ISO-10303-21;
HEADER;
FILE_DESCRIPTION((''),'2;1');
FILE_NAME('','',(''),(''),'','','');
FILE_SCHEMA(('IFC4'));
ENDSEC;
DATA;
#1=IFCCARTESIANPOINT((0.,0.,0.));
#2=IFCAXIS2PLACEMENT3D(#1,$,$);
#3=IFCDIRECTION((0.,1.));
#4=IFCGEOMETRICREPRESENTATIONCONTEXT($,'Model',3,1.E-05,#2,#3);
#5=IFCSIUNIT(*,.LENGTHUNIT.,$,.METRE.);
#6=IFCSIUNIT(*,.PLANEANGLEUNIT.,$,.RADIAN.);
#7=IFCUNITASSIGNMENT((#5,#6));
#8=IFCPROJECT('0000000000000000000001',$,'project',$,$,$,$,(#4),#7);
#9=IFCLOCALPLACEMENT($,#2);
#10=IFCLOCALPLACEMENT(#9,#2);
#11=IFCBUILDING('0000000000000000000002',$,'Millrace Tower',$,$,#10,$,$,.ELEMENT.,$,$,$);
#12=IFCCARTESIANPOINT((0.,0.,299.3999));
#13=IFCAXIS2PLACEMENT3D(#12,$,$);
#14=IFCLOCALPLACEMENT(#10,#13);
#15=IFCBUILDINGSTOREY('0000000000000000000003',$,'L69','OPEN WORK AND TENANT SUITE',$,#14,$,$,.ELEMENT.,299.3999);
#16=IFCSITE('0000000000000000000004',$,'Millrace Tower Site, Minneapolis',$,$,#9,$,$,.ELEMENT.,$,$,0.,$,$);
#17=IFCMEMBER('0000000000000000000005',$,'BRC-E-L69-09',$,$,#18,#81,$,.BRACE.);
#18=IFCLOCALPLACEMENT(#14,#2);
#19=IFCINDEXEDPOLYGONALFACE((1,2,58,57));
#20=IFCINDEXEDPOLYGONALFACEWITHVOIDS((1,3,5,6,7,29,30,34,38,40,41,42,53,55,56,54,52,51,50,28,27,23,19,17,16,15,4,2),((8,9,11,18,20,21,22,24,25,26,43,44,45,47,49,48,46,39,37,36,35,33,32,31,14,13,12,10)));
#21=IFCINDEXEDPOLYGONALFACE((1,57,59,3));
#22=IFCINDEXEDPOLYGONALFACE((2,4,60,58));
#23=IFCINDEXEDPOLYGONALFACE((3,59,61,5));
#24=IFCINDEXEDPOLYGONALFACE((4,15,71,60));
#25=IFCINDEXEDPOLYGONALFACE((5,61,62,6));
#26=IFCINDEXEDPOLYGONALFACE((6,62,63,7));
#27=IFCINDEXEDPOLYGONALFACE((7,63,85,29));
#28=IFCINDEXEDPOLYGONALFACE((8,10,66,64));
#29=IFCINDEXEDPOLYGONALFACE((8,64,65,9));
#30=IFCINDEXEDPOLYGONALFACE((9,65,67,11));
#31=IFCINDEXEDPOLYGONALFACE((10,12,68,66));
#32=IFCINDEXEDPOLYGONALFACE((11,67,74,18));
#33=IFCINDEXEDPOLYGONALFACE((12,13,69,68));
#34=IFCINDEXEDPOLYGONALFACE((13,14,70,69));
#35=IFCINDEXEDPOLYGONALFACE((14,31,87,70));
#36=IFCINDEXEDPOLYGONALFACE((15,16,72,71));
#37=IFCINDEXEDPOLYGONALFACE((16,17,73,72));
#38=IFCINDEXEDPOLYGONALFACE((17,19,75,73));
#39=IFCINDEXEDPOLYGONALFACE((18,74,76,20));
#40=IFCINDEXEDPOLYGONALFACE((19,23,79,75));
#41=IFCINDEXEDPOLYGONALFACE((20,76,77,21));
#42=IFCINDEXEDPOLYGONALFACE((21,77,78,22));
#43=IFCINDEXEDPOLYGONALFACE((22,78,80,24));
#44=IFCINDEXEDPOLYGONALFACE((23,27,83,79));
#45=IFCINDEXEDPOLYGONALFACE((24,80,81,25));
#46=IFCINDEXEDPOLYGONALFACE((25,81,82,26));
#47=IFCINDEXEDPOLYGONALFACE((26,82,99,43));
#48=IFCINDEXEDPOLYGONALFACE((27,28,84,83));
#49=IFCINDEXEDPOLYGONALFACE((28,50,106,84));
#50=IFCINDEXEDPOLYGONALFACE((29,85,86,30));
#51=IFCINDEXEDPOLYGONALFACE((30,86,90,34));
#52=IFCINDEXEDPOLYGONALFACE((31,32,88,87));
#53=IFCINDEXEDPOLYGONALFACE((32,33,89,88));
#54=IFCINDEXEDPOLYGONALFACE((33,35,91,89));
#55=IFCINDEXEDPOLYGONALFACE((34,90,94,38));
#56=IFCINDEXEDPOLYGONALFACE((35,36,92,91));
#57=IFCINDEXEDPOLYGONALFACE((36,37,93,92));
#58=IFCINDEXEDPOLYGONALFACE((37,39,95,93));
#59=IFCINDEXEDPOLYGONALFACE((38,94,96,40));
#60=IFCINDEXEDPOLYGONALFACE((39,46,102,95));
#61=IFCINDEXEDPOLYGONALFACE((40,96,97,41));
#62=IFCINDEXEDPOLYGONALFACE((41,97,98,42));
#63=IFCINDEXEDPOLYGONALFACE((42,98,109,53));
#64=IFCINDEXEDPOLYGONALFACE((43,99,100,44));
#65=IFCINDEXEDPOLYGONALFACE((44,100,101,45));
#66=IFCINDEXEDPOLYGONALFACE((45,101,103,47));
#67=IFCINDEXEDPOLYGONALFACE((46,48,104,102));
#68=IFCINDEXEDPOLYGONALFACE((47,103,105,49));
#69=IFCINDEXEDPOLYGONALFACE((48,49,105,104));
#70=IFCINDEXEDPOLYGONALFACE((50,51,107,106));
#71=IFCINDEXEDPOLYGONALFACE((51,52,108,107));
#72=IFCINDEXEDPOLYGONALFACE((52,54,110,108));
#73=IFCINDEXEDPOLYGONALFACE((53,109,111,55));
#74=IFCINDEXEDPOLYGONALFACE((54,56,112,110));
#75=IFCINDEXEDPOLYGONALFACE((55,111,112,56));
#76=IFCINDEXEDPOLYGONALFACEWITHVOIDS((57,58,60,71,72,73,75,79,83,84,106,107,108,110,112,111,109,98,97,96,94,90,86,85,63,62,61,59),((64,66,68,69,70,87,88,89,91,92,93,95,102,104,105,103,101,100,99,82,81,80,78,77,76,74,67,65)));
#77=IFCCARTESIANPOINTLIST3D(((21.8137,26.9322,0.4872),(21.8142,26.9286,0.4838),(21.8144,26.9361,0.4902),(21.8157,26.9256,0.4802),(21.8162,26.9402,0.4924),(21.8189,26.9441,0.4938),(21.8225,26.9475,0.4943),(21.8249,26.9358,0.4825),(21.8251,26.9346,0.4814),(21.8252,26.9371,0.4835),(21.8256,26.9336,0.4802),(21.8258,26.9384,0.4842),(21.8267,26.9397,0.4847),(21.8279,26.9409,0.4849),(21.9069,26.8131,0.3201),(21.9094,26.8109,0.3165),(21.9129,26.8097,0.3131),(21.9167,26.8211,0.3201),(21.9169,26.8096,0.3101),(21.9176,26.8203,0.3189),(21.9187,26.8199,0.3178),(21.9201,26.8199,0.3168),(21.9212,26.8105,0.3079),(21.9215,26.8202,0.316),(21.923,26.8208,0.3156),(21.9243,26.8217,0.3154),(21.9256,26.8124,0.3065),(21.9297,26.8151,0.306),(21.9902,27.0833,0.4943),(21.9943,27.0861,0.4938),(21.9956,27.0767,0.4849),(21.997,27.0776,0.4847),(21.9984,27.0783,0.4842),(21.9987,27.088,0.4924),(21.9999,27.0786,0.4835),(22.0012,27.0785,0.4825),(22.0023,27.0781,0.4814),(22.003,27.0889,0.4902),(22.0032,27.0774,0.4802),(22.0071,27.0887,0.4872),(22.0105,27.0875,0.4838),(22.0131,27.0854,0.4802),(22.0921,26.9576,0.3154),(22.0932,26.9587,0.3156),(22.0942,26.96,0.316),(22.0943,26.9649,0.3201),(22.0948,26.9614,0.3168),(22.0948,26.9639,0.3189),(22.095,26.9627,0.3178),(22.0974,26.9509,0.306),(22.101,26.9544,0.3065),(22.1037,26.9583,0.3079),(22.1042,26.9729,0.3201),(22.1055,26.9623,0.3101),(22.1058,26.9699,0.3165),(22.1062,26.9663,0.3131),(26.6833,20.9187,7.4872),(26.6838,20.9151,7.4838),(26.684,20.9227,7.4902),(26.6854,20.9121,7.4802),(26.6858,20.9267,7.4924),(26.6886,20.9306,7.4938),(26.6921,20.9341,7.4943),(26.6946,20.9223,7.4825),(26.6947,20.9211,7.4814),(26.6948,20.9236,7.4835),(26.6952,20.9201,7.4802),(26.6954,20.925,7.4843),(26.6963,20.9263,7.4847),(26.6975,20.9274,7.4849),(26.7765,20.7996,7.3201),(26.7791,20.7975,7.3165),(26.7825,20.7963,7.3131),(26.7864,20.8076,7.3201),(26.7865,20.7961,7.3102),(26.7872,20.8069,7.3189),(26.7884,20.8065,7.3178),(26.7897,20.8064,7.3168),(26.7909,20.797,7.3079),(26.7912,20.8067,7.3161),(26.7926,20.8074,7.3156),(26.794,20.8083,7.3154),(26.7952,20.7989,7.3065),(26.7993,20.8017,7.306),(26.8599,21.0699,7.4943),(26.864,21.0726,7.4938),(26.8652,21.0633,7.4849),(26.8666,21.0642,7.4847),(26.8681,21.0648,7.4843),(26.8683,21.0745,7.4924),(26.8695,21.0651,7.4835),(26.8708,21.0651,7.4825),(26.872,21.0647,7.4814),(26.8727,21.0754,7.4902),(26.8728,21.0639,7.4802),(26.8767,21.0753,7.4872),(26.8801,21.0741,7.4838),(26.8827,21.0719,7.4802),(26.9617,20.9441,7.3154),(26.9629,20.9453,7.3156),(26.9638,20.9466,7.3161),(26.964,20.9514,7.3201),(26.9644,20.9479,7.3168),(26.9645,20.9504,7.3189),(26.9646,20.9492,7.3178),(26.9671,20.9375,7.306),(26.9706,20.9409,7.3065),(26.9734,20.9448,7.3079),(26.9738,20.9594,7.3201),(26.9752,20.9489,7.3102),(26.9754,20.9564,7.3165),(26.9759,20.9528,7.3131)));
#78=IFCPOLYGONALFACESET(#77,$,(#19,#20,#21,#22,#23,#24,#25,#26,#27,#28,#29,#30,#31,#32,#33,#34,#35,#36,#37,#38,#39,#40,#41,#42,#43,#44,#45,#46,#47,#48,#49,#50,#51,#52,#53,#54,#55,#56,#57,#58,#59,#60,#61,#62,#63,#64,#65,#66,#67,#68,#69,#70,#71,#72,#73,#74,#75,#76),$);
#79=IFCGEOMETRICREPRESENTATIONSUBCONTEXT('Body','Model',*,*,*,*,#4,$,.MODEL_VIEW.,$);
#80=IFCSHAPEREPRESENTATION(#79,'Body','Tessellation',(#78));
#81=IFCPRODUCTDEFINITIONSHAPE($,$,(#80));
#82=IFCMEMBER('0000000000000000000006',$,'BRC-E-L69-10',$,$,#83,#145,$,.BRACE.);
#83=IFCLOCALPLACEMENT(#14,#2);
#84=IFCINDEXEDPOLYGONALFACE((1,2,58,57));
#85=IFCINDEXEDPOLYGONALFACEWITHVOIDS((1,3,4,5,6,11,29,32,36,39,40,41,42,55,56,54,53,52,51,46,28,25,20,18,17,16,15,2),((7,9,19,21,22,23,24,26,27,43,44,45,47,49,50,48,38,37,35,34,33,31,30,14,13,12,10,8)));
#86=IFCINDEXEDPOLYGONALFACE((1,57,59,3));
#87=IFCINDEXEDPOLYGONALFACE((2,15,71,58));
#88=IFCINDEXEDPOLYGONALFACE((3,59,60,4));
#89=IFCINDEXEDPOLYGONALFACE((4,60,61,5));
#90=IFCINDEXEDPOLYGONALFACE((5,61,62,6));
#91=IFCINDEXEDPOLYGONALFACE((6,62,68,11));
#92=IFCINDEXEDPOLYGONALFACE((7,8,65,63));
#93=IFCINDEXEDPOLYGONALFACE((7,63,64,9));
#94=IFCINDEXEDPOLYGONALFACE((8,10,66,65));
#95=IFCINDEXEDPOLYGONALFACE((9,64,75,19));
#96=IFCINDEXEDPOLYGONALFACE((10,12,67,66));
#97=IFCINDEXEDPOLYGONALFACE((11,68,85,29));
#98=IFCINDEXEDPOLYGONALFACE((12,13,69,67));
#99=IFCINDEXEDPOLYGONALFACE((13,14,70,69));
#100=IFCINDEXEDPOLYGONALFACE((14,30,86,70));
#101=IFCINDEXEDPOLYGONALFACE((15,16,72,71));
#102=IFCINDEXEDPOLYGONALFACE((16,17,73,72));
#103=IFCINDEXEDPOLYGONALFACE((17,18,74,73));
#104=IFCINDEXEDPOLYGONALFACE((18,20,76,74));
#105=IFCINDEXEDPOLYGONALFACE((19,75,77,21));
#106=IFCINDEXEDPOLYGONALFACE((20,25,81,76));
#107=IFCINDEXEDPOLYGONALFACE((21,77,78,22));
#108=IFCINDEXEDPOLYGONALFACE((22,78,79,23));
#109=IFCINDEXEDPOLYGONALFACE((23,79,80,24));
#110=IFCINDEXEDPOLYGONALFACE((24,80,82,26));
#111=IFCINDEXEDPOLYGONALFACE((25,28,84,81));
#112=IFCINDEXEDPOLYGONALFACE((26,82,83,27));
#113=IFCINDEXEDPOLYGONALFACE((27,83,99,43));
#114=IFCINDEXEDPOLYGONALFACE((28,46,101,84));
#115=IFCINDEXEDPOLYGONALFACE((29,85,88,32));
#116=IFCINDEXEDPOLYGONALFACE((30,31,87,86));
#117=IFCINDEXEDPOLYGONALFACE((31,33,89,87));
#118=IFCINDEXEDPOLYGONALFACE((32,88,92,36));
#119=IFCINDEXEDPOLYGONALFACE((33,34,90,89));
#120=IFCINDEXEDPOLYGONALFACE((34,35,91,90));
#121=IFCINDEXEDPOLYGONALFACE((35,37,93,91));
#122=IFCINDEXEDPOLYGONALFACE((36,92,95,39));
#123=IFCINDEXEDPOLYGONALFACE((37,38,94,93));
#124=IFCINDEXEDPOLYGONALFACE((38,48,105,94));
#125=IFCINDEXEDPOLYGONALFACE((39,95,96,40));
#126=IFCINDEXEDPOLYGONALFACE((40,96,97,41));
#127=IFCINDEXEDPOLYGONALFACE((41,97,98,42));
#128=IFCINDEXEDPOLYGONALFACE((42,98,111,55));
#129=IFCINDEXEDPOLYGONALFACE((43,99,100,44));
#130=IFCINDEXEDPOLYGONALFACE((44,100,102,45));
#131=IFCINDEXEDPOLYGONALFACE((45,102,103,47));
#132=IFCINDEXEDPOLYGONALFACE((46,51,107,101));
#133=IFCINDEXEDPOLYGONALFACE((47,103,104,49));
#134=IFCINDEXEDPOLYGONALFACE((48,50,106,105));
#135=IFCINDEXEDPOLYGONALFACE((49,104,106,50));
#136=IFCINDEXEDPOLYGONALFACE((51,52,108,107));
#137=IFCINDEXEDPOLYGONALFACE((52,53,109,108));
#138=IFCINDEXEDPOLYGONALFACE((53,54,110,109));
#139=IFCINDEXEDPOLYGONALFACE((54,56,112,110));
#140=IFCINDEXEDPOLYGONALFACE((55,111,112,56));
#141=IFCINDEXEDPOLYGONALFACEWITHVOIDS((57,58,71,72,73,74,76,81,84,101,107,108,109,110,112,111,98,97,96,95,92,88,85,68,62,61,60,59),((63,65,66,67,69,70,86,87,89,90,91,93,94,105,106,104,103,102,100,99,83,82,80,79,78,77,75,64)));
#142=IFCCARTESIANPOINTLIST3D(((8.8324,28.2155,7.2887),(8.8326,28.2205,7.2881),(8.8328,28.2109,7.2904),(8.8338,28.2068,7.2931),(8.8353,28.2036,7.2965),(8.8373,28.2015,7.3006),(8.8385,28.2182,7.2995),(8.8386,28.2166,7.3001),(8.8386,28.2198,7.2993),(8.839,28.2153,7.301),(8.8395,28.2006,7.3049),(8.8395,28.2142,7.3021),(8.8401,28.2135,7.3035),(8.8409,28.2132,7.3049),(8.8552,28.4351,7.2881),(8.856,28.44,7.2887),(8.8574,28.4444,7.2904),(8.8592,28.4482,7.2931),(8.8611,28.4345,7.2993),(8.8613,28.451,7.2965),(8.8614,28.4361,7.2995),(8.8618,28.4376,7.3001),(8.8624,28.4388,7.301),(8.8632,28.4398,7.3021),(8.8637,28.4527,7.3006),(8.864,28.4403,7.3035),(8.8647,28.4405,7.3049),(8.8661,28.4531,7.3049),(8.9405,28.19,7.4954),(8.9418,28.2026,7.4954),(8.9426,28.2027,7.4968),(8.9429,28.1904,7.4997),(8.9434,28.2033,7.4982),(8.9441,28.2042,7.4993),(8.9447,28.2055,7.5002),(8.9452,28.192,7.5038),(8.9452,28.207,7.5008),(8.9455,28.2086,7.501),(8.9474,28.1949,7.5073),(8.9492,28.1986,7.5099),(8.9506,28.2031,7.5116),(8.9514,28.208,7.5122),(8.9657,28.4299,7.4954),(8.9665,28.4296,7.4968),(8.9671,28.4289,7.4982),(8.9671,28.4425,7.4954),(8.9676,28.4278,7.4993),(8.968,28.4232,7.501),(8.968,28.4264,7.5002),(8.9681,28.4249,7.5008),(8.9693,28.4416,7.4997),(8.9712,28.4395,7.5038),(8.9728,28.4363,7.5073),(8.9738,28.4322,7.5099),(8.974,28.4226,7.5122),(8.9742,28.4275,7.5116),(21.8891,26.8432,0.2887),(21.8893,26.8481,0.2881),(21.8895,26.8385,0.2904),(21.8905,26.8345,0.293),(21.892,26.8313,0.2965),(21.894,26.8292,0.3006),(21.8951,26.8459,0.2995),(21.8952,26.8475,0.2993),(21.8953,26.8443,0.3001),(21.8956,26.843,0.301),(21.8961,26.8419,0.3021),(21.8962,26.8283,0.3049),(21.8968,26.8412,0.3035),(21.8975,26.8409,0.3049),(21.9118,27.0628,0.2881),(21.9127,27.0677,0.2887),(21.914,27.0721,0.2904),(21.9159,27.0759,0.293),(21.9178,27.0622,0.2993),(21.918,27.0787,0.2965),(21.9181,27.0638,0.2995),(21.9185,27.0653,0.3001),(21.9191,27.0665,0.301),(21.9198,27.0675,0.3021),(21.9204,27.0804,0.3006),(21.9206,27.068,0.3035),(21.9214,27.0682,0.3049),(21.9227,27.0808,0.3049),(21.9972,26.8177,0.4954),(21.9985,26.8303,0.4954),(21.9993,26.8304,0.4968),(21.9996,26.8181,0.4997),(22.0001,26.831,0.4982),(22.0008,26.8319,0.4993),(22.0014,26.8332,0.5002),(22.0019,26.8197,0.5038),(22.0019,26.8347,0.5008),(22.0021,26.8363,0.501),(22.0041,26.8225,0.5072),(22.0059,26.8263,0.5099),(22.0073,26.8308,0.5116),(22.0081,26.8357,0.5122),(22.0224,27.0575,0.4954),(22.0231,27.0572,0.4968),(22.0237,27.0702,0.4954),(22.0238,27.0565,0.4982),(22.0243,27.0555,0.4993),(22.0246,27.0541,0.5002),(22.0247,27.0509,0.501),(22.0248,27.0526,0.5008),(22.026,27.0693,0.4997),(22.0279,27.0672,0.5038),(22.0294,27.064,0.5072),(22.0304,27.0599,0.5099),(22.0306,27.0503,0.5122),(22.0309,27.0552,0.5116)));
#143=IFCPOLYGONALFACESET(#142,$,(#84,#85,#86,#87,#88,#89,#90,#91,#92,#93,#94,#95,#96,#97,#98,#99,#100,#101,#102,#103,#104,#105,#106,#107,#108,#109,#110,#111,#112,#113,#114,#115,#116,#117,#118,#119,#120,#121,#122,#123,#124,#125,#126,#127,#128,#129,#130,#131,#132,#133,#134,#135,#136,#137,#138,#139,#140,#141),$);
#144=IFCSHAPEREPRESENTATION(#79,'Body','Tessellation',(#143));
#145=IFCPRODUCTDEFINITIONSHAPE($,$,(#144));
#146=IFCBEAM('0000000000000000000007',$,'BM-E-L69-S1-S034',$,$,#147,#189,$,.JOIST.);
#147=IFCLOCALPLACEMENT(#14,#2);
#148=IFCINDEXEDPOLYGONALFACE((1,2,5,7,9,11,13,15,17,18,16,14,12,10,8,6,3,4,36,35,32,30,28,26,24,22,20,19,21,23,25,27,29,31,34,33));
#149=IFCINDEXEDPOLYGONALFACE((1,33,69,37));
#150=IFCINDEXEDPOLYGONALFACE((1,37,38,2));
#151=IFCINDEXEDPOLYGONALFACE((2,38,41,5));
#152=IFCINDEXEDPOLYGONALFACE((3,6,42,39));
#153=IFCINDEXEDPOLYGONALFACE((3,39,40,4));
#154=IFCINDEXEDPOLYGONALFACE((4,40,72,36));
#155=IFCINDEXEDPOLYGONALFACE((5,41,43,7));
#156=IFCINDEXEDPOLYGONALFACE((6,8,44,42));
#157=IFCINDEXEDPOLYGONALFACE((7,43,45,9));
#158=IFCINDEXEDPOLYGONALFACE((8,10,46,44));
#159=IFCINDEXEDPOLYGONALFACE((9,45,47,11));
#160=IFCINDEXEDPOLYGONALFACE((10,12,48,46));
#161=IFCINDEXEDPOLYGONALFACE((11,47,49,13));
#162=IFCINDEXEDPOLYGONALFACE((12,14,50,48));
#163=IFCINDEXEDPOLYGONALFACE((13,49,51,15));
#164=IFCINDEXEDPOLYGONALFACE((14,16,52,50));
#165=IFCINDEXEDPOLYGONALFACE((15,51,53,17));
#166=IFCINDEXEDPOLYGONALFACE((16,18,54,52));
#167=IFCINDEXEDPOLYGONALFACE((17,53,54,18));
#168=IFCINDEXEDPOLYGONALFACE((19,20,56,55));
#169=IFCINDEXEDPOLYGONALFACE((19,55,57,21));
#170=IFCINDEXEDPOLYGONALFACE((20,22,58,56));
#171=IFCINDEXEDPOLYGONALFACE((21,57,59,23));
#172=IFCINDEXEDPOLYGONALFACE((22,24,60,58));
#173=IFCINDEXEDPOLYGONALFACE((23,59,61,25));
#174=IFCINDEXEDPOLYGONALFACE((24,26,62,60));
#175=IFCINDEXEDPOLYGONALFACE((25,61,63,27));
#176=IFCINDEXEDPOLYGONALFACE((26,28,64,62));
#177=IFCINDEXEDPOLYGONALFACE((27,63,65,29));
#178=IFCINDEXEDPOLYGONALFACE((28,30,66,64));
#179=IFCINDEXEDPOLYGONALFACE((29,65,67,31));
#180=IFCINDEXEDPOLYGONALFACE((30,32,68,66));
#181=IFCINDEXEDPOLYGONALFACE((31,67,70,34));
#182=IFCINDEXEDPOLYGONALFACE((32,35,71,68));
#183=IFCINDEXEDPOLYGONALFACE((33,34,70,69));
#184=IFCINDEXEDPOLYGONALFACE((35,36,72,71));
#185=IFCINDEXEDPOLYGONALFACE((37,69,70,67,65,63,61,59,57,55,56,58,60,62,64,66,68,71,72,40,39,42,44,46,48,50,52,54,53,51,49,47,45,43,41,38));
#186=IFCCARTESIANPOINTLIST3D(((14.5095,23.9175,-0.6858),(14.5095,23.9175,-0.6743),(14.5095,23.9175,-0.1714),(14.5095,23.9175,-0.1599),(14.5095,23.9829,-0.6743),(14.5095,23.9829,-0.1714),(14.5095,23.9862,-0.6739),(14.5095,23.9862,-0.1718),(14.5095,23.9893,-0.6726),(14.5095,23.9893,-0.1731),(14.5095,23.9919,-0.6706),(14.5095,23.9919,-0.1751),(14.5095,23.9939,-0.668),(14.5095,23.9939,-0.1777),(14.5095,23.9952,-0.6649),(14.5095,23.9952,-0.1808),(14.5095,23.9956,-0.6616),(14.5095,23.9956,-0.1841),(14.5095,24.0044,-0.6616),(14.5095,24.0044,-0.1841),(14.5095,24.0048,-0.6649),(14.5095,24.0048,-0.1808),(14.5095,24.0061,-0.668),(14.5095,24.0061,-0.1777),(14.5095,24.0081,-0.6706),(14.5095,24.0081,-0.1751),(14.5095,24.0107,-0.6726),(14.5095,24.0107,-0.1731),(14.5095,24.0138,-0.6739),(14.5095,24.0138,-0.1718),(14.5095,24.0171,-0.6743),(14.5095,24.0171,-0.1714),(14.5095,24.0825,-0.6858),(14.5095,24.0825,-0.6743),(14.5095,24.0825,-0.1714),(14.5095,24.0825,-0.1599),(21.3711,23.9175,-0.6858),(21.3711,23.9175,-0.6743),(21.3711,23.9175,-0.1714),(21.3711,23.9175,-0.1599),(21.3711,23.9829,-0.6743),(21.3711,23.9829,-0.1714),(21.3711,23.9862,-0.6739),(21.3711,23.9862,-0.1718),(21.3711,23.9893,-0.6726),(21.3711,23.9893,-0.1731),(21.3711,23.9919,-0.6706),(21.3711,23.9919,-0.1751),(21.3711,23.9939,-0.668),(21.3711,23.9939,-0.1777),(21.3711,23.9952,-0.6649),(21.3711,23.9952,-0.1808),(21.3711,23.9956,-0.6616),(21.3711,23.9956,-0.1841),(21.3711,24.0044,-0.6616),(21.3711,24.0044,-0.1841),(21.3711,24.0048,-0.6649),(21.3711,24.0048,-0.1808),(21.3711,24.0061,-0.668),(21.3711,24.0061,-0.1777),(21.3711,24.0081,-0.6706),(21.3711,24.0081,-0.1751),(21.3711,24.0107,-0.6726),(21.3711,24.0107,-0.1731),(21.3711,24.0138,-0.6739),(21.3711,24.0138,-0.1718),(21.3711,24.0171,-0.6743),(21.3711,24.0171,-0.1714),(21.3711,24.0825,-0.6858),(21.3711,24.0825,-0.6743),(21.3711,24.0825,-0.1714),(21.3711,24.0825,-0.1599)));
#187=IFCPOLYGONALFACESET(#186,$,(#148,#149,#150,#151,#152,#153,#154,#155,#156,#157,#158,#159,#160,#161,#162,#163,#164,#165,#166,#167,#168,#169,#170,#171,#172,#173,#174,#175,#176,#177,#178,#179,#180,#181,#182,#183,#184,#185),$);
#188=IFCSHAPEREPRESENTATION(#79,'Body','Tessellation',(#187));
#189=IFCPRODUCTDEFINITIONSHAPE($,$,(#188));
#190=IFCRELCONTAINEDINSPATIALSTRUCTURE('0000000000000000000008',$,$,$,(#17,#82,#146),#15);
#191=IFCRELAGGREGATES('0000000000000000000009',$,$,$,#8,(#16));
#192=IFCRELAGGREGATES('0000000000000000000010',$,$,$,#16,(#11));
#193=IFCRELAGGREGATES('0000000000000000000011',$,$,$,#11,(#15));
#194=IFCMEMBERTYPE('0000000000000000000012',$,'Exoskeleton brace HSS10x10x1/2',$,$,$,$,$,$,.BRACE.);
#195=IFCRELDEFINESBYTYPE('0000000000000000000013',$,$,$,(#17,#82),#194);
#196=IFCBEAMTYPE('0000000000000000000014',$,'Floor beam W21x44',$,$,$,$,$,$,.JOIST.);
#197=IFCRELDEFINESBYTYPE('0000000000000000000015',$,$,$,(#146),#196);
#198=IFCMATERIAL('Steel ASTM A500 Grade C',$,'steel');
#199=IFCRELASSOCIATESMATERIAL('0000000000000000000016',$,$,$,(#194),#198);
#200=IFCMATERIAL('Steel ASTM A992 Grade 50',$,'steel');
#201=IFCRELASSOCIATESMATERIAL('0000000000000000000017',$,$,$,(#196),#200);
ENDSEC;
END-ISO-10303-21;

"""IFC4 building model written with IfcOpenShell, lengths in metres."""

from ifc_helpers import new_model, si_unit, direction, frame, origin, origin_2d, place, context, subcontext, project, spatial, hollow_rectangle, i_section, extrude, material, material_profile, profile_set, type_object, element, save


model = new_model("IFC4")

# Units and contexts
model_context = context("Model", 3, precision=1e-05, world=origin(), true_north=direction((0.0, 1.0)))
body_context = subcontext(model_context, "Body", "Model", "MODEL_VIEW")
ifc_project = project(units=[si_unit("LENGTHUNIT", "METRE"), si_unit("PLANEANGLEUNIT", "RADIAN")], contexts=[model_context])

# Site, building, storey
site_placement = place(None, origin())
site = spatial("IfcSite", under=ifc_project, at=site_placement, Name="Millrace Tower Site, Minneapolis", CompositionType="ELEMENT", RefElevation=0.0)
building_placement = place(site_placement, origin())
building = spatial("IfcBuilding", under=site, at=building_placement, Name="Millrace Tower", CompositionType="ELEMENT")
storey_placement = place(building_placement, frame((0.0, 0.0, 299.3999)))
storey = spatial("IfcBuildingStorey", under=building, at=storey_placement, Name="L69", Description="OPEN WORK AND TENANT SUITE", CompositionType="ELEMENT", Elevation=299.3999)

# Members
ifc_material_1 = material(Name="Steel ASTM A500 Grade C", Category="steel")
ifc_material_profile_1 = material_profile(ifc_material_1, hollow_rectangle(XDim=0.2539, YDim=0.2539, WallThickness=0.0127, InnerFilletRadius=0.0063, OuterFilletRadius=0.019, at=origin_2d()))
ifc_profile_set_1 = profile_set([ifc_material_profile_1], Name="Steel ASTM A500 Grade C")
member_type_1 = type_object("IfcMemberType", Name="Exoskeleton brace HSS10x10x1/2", PredefinedType="BRACE", material=ifc_profile_set_1)
member_1_placement = place(storey_placement, frame((21.96, 26.9492, 0.4001), z_axis=(0.466694, -0.576314, 0.670864), x_axis=(0.777143, 0.629324, 0.0)))
element("IfcMember", 1, at=member_1_placement, inside=storey, type_object=member_type_1, Name="BRC-E-L69-09", PredefinedType="BRACE", context=body_context, shape_type="SweptSolid", body=[
    extrude(hollow_rectangle(XDim=0.2539, YDim=0.2539, WallThickness=0.0127, InnerFilletRadius=0.0063, OuterFilletRadius=0.019, at=origin_2d()), origin(), (0.0, 0.0, 1.0), 10.4343),
])
member_2_placement = place(storey_placement, frame((21.96, 26.9492, 0.4001), z_axis=(-0.877572, 0.092237, 0.470489), x_axis=(-0.104529, -0.994522, 0.0)))
element("IfcMember", 2, at=member_2_placement, inside=storey, type_object=member_type_1, Name="BRC-E-L69-10", PredefinedType="BRACE", context=body_context, shape_type="SweptSolid", body=[
    extrude(hollow_rectangle(XDim=0.2539, YDim=0.2539, WallThickness=0.0127, InnerFilletRadius=0.0063, OuterFilletRadius=0.019, at=origin_2d()), origin(), (0.0, 0.0, 1.0), 14.8782),
])

# Beam
ifc_material_2 = material(Name="Steel ASTM A992 Grade 50", Category="steel")
ifc_material_profile_2 = material_profile(ifc_material_2, i_section(OverallWidth=0.165, OverallDepth=0.5259, WebThickness=0.0088, FlangeThickness=0.0115, FilletRadius=0.0127, at=origin_2d()))
ifc_profile_set_2 = profile_set([ifc_material_profile_2], Name="Steel ASTM A992 Grade 50")
beam_type_1 = type_object("IfcBeamType", Name="Floor beam W21x44", PredefinedType="JOIST", material=ifc_profile_set_2)
beam_1_placement = place(storey_placement, frame((14.5095, 24.0, -0.4229), z_axis=(1.0, 0.0, 0.0), x_axis=(0.0, 1.0, 0.0)))
element("IfcBeam", 3, at=beam_1_placement, inside=storey, type_object=beam_type_1, Name="BM-E-L69-S1-S034", PredefinedType="JOIST", context=body_context, shape_type="SweptSolid", body=[
    extrude(i_section(OverallWidth=0.165, OverallDepth=0.5259, WebThickness=0.0088, FlangeThickness=0.0115, FilletRadius=0.0127, at=origin_2d()), origin(), (0.0, 0.0, 1.0), 6.8616),
])

save(model, "model.ifc")
